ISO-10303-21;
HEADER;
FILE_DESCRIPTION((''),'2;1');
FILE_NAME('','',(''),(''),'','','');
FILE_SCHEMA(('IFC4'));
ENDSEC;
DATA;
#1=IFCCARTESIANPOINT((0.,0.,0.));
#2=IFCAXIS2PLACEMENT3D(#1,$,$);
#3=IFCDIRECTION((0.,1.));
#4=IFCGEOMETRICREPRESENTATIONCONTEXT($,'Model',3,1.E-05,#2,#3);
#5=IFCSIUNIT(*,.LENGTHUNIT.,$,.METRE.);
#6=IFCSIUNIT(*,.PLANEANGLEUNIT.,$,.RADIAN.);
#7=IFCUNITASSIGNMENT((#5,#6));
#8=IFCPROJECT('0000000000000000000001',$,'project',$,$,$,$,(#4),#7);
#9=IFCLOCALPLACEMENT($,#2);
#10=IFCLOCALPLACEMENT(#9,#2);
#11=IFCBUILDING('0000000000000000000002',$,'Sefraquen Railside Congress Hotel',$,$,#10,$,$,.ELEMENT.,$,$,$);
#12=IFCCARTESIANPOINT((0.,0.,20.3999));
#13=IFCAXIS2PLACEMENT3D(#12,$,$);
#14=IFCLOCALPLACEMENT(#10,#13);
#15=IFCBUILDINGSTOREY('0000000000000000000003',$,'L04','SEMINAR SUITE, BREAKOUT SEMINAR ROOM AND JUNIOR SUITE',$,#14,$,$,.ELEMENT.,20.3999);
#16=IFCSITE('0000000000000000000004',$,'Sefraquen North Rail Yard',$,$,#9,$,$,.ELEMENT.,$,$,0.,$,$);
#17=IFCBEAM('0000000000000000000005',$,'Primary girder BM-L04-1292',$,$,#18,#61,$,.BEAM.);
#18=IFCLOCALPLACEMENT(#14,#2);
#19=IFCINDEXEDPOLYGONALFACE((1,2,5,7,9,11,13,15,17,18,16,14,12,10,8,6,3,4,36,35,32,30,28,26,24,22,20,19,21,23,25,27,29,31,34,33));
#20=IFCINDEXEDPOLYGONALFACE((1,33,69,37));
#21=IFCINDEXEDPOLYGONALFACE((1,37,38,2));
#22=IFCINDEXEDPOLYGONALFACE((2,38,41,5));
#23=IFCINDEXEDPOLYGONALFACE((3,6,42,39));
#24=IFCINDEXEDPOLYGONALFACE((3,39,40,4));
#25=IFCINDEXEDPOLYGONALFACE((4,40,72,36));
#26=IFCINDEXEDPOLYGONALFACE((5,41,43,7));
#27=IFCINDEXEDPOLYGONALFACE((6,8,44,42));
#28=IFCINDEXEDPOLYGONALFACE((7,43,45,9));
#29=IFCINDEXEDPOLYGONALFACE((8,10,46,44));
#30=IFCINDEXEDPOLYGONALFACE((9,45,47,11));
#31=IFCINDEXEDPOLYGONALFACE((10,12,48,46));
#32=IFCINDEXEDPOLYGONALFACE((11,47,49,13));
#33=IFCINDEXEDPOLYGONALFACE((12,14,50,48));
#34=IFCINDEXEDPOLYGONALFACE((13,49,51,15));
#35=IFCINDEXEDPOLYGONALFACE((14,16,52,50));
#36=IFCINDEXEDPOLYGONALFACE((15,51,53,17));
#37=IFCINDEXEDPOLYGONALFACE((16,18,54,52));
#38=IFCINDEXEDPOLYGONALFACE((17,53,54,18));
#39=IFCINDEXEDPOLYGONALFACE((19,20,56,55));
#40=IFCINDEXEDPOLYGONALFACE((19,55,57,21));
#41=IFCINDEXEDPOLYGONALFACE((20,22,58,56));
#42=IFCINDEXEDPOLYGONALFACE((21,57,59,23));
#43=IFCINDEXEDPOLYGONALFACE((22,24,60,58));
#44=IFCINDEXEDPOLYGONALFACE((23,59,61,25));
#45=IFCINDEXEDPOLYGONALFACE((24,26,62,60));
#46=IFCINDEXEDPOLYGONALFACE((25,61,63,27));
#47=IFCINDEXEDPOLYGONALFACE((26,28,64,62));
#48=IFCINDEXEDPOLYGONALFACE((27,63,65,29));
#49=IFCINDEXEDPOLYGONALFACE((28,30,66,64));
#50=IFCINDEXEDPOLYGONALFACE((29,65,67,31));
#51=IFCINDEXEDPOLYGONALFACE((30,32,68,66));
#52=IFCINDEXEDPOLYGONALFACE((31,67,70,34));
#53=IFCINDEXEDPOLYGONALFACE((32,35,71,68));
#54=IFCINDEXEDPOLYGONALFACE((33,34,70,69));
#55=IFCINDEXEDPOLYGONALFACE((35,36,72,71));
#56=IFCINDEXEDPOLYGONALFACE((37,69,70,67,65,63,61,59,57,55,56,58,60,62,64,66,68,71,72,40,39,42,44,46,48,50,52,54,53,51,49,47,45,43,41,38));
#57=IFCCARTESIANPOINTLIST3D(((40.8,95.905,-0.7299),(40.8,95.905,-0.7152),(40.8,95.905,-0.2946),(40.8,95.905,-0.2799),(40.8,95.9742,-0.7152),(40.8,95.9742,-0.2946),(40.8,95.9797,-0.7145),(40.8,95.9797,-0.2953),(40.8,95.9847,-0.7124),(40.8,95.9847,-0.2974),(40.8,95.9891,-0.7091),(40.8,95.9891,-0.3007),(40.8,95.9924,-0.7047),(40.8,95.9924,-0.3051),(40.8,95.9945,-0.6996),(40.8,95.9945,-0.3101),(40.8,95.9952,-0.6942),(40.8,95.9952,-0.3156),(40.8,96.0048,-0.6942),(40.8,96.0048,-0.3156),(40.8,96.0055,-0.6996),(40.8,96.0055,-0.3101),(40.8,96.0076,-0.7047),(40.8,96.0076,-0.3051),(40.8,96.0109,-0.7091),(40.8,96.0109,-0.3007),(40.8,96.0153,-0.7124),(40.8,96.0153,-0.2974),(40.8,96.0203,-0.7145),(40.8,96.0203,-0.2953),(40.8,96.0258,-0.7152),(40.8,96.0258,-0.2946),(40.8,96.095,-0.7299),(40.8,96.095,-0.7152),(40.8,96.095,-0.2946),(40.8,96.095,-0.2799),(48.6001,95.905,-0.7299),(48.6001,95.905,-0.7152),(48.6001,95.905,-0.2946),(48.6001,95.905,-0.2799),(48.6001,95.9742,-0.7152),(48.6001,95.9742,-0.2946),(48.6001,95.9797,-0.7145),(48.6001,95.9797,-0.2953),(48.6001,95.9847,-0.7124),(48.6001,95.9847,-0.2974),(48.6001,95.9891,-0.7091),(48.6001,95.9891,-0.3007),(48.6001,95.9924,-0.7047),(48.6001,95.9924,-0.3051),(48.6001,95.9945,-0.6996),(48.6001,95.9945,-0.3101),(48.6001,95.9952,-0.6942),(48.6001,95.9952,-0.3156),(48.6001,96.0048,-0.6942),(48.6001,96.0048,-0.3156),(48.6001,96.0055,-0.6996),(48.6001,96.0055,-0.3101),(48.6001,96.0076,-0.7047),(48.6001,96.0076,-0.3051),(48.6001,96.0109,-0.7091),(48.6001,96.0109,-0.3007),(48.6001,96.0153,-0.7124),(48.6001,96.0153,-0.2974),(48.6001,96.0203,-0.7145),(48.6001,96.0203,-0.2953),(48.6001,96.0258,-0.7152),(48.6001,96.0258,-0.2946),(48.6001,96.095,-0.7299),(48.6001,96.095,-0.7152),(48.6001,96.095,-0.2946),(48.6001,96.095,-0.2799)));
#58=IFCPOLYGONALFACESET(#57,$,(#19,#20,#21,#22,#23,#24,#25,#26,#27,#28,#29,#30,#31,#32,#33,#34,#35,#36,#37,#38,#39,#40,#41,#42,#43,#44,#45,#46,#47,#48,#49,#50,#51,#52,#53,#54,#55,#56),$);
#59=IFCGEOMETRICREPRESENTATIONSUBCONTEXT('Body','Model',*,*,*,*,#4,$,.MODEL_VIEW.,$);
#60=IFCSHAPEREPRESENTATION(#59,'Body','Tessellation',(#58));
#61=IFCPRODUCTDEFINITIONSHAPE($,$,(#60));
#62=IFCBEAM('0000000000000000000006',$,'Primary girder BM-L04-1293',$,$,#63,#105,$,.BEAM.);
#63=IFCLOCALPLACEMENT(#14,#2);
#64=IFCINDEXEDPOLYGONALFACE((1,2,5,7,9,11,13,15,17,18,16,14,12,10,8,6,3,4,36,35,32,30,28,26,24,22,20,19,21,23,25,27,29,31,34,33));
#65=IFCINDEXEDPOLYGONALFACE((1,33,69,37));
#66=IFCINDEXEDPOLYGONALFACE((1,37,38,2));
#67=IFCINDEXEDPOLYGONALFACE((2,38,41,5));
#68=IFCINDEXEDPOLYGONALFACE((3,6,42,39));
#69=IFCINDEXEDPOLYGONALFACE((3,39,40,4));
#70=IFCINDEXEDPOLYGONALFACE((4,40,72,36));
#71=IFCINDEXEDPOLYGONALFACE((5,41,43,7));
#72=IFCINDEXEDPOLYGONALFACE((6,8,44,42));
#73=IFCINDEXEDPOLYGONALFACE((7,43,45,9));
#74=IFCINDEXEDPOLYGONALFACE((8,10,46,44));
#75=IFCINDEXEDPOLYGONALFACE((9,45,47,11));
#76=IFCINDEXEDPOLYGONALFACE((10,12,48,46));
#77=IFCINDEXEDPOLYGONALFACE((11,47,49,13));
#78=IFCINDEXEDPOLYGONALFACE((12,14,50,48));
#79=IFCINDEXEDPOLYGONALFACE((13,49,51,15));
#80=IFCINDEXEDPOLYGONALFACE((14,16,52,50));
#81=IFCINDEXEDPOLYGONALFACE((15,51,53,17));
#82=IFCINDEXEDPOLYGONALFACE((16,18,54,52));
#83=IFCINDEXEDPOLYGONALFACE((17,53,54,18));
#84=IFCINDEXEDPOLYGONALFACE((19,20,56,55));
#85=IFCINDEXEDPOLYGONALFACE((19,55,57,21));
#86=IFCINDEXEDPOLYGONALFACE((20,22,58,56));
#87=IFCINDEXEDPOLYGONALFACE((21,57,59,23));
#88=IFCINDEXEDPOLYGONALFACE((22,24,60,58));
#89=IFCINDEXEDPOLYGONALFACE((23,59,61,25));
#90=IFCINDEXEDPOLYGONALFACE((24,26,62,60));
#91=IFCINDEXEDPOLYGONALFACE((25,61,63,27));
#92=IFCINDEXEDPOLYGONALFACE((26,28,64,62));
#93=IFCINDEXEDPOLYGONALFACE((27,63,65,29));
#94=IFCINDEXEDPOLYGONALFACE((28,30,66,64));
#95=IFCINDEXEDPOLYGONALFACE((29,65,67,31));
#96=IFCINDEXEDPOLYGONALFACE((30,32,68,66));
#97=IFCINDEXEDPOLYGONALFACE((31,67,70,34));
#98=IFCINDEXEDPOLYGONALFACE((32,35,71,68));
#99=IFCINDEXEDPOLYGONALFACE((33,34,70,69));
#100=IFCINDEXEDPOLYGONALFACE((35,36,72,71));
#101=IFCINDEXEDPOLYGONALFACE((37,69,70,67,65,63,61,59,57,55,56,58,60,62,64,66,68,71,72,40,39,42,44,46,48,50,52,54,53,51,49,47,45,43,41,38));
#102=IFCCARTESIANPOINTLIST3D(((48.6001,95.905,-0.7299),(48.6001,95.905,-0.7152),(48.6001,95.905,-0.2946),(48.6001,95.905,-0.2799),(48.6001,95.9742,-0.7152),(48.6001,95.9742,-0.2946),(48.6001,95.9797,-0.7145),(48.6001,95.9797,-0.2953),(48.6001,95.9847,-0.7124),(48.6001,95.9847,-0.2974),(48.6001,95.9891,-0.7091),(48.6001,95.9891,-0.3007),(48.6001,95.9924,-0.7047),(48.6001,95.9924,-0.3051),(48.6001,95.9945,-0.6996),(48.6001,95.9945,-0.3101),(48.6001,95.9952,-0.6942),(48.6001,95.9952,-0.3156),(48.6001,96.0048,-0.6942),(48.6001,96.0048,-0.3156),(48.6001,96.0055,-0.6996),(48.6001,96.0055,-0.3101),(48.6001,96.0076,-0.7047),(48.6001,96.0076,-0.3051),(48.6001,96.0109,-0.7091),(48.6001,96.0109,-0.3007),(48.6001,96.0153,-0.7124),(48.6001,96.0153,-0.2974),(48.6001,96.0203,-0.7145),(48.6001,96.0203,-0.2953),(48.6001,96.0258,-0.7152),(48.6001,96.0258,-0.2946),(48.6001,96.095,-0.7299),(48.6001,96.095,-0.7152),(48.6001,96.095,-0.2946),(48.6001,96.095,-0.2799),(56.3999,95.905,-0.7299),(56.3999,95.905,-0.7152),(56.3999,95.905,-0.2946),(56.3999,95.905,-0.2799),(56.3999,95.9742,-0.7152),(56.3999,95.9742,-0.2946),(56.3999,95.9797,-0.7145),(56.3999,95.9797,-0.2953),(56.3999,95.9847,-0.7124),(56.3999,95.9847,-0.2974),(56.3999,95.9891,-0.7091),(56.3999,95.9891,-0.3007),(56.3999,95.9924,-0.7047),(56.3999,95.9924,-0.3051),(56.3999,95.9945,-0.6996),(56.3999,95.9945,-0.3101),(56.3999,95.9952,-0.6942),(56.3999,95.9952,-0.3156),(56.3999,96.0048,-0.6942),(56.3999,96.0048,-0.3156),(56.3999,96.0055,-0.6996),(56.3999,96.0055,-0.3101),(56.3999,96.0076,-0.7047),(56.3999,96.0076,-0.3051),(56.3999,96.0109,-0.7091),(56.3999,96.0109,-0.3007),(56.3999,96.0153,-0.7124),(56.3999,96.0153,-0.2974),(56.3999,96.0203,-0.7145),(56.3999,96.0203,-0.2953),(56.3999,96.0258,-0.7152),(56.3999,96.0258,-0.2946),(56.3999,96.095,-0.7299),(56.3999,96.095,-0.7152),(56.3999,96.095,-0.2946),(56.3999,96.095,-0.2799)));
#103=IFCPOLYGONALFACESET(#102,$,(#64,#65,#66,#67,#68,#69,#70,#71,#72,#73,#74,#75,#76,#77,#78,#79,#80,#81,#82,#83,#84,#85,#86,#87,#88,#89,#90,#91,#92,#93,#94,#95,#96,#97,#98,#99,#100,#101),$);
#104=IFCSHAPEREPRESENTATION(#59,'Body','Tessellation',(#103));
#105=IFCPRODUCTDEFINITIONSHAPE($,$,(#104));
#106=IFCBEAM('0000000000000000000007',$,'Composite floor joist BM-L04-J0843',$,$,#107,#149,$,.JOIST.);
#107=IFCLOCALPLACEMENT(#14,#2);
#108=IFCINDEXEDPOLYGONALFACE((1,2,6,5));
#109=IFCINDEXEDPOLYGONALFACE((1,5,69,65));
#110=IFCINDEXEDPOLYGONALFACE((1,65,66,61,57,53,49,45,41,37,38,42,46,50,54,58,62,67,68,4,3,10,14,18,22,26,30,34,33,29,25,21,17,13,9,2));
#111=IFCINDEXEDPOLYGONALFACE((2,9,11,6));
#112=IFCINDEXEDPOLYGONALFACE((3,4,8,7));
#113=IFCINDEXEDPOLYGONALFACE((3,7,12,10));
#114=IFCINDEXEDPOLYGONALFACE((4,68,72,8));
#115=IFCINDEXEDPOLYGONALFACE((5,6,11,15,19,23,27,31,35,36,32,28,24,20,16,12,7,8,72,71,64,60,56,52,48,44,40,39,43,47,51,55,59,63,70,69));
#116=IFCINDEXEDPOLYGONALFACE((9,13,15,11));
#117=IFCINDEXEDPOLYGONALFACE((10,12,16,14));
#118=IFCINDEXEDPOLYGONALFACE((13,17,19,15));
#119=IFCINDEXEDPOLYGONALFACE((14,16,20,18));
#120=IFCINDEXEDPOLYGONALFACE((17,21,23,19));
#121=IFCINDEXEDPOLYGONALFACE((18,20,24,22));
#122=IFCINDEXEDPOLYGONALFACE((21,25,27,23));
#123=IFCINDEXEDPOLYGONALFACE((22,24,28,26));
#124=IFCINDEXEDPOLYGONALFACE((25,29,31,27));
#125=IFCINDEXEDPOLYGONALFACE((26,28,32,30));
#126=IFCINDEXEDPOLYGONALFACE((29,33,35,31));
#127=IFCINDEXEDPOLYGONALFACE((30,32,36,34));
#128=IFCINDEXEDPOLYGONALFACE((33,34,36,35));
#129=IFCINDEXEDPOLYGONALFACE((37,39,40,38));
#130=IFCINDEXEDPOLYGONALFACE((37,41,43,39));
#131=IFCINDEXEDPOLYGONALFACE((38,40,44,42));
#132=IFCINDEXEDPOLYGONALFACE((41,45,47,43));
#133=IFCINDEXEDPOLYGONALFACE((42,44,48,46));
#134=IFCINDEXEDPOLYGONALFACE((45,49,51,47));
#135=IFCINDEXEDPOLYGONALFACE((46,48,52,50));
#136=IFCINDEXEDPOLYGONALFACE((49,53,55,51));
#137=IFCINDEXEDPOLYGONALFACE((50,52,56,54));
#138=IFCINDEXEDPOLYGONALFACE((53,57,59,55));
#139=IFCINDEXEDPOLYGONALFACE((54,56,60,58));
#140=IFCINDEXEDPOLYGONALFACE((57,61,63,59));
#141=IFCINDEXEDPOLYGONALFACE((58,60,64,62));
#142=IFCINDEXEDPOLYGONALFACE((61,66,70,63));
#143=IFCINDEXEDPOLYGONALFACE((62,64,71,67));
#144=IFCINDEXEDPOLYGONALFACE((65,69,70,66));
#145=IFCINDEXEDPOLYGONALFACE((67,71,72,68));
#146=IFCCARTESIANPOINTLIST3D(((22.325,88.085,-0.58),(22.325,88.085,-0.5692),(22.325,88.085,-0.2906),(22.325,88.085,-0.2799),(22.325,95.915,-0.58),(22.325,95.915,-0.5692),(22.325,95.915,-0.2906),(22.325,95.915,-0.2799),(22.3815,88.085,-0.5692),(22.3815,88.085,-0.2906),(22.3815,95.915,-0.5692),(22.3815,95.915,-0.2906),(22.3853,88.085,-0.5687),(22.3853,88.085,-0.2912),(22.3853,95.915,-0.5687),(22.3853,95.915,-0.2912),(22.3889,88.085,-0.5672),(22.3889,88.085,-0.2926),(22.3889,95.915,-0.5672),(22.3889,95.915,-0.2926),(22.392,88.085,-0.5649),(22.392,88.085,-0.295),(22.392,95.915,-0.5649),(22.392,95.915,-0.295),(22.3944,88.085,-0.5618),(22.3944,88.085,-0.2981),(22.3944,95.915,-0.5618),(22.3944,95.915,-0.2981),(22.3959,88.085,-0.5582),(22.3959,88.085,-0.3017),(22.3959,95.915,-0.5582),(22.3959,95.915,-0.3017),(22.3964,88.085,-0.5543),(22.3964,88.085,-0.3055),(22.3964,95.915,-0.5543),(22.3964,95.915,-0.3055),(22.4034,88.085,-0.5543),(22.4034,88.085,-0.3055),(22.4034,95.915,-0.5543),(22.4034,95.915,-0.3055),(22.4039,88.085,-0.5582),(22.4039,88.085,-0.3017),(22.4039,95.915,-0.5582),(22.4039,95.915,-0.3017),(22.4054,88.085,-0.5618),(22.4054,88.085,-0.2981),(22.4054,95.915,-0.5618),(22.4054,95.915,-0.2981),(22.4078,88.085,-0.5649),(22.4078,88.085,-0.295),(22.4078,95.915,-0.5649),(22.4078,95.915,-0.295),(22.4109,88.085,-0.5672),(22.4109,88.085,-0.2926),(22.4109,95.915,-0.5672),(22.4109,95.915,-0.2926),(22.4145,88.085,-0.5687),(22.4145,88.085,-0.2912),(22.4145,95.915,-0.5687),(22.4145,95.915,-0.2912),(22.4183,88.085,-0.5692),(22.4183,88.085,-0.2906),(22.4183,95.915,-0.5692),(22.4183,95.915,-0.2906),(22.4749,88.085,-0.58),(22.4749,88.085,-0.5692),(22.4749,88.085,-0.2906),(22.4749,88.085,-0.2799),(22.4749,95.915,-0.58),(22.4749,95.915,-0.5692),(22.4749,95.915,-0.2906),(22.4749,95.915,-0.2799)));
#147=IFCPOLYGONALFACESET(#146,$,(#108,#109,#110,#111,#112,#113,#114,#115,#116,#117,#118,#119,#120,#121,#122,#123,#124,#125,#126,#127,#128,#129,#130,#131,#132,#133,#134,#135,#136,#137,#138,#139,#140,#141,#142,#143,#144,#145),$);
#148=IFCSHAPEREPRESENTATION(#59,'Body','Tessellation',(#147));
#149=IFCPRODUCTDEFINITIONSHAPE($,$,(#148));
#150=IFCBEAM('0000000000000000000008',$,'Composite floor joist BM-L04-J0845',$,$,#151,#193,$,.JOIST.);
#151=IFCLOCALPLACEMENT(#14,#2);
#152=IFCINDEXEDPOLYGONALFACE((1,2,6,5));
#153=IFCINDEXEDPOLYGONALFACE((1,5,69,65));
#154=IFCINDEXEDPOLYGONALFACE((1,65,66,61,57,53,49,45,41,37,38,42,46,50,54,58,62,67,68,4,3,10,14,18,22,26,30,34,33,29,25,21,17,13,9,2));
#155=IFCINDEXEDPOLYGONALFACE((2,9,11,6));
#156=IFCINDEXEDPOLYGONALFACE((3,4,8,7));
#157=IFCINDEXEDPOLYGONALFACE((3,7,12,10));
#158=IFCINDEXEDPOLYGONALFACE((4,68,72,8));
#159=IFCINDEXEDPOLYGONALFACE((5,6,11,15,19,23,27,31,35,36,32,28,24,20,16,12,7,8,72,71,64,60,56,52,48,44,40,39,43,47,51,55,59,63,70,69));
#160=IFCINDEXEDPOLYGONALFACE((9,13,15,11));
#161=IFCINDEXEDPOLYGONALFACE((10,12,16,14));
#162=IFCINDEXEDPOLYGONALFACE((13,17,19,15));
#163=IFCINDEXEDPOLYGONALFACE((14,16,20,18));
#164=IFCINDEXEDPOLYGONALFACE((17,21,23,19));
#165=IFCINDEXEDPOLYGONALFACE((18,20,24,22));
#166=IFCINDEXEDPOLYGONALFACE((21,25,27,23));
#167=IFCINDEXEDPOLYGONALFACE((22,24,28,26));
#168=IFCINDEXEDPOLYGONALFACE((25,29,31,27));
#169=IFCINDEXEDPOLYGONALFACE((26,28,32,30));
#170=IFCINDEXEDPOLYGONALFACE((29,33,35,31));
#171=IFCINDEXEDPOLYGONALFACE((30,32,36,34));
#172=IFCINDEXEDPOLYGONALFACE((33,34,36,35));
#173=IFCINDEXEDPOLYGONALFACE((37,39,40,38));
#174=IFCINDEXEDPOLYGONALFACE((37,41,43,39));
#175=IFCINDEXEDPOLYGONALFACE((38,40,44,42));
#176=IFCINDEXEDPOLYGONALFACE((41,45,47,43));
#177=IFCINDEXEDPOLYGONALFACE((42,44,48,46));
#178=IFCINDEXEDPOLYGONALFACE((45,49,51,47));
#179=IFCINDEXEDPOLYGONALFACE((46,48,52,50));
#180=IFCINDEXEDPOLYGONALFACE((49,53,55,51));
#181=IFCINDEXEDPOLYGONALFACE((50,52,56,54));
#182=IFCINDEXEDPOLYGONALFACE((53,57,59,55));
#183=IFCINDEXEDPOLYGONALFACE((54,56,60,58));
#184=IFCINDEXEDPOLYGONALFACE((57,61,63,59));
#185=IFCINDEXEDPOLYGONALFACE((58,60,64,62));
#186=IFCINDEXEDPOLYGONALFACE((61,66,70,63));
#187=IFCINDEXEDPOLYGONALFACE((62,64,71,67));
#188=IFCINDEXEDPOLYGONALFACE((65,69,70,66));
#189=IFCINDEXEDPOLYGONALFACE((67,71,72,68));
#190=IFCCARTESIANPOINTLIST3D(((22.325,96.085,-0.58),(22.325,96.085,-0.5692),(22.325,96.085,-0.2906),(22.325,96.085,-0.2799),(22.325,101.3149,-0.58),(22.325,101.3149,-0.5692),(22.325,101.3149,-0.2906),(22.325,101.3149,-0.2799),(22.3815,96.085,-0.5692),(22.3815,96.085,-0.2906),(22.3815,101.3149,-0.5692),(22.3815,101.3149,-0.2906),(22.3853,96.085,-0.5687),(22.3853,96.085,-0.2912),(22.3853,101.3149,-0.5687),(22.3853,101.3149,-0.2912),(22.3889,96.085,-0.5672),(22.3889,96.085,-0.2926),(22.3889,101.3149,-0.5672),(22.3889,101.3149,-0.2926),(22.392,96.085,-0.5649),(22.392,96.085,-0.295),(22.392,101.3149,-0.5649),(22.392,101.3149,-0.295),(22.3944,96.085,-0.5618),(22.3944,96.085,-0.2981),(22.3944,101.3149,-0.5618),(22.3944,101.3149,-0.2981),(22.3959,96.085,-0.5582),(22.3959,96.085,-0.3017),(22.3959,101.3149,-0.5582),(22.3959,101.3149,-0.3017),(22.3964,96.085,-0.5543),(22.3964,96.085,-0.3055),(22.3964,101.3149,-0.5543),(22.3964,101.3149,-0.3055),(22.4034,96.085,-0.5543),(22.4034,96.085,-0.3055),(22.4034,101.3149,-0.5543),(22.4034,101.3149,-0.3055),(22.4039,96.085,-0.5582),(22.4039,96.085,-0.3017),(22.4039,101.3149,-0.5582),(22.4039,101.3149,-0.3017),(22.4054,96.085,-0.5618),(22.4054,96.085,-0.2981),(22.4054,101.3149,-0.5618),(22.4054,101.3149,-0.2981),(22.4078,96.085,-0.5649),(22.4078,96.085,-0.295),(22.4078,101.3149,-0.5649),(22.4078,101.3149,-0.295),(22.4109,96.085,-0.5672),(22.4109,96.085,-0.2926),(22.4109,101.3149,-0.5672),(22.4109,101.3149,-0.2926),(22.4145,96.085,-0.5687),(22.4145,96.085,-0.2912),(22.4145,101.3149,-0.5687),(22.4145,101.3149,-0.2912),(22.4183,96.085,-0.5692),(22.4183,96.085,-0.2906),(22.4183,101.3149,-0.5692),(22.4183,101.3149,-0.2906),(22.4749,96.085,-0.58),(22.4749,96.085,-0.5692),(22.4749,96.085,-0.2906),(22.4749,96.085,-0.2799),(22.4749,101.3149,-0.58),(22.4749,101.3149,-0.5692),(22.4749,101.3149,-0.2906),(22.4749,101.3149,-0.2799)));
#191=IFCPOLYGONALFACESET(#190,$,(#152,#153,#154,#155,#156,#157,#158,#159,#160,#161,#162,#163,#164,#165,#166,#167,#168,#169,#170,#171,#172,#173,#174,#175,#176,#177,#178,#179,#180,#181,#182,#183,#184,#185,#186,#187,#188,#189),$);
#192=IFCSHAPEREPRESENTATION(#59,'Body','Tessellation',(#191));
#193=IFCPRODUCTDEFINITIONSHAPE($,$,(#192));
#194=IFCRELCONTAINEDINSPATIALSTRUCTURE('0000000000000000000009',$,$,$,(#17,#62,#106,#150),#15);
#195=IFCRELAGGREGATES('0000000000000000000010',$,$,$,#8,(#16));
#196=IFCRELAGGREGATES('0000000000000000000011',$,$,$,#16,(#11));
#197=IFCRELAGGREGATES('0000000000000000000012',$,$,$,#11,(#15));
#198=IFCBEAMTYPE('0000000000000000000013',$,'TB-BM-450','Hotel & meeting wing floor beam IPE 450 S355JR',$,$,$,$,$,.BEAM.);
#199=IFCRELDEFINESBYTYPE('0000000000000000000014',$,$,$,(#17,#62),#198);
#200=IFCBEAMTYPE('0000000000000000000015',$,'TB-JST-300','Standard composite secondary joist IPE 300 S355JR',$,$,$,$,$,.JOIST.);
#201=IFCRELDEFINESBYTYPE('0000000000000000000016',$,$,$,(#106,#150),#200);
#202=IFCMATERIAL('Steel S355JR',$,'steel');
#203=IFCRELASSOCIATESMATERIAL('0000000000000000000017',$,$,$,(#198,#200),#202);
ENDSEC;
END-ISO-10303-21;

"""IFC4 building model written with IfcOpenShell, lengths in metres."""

from ifc_helpers import new_model, si_unit, direction, frame, origin, origin_2d, place, context, subcontext, project, spatial, i_section, extrude, material, material_profile, profile_set, type_object, element, save


model = new_model("IFC4")

# Units and contexts
model_context = context("Model", 3, precision=1e-05, world=origin(), true_north=direction((0.0, 1.0)))
body_context = subcontext(model_context, "Body", "Model", "MODEL_VIEW")
ifc_project = project(units=[si_unit("LENGTHUNIT", "METRE"), si_unit("PLANEANGLEUNIT", "RADIAN")], contexts=[model_context])

# Site, building, storey
site_placement = place(None, origin())
site = spatial("IfcSite", under=ifc_project, at=site_placement, Name="Sefraquen North Rail Yard", CompositionType="ELEMENT", RefElevation=0.0)
building_placement = place(site_placement, origin())
building = spatial("IfcBuilding", under=site, at=building_placement, Name="Sefraquen Railside Congress Hotel", CompositionType="ELEMENT")
storey_placement = place(building_placement, frame((0.0, 0.0, 20.3999)))
storey = spatial("IfcBuildingStorey", under=building, at=storey_placement, Name="L04", Description="SEMINAR SUITE, BREAKOUT SEMINAR ROOM AND JUNIOR SUITE", CompositionType="ELEMENT", Elevation=20.3999)

# Shared definitions
ifc_material_1 = material(Name="Steel S355JR", Category="steel")

# Beams
ifc_material_profile_1 = material_profile(ifc_material_1, i_section(OverallWidth=0.1899, OverallDepth=0.45, WebThickness=0.0095, FlangeThickness=0.0146, FilletRadius=0.021, at=origin_2d()), Name="IPE 450")
ifc_profile_set_1 = profile_set([ifc_material_profile_1], Name="Steel S355JR")
beam_type_1 = type_object("IfcBeamType", Name="TB-BM-450", Description="Hotel & meeting wing floor beam IPE 450 S355JR", PredefinedType="BEAM", material=ifc_profile_set_1)
for number, where, z_axis, x_axis, name in (
    (1, (40.8, 96.0, -0.5049), (1.0, 0.0, 0.0), (0.0, 1.0, 0.0), "Primary girder BM-L04-1292"),
):
    element("IfcBeam", number, at=place(storey_placement, frame(where, z_axis=z_axis, x_axis=x_axis)), inside=storey, type_object=beam_type_1, Name=name, PredefinedType="BEAM", context=body_context, shape_type="SweptSolid", body=[
        extrude(i_section(OverallWidth=0.1899, OverallDepth=0.45, WebThickness=0.0095, FlangeThickness=0.0146, FilletRadius=0.021, at=origin_2d()), origin(), (0.0, 0.0, 1.0), 7.8),
    ])
beam_1_placement = place(storey_placement, frame((48.6001, 96.0, -0.5049), z_axis=(1.0, 0.0, 0.0), x_axis=(0.0, 1.0, 0.0)))
element("IfcBeam", 2, at=beam_1_placement, inside=storey, type_object=beam_type_1, Name="Primary girder BM-L04-1293", PredefinedType="BEAM", context=body_context, shape_type="SweptSolid", body=[
    extrude(i_section(OverallWidth=0.1899, OverallDepth=0.45, WebThickness=0.0095, FlangeThickness=0.0146, FilletRadius=0.021, at=origin_2d()), origin(), (0.0, 0.0, 1.0), 7.7998),
])
ifc_material_profile_2 = material_profile(ifc_material_1, i_section(OverallWidth=0.1499, OverallDepth=0.3, WebThickness=0.0071, FlangeThickness=0.0107, FilletRadius=0.0149, at=origin_2d()), Name="IPE 300")
ifc_profile_set_2 = profile_set([ifc_material_profile_2], Name="Steel S355JR")
beam_type_2 = type_object("IfcBeamType", Name="TB-JST-300", Description="Standard composite secondary joist IPE 300 S355JR", PredefinedType="JOIST", material=ifc_profile_set_2)
beam_2_placement = place(storey_placement, frame((22.3999, 88.085, -0.4299), z_axis=(0.0, 1.0, 0.0), x_axis=(-1.0, 0.0, 0.0)))
element("IfcBeam", 3, at=beam_2_placement, inside=storey, type_object=beam_type_2, Name="Composite floor joist BM-L04-J0843", PredefinedType="JOIST", context=body_context, shape_type="SweptSolid", body=[
    extrude(i_section(OverallWidth=0.1499, OverallDepth=0.3, WebThickness=0.0071, FlangeThickness=0.0107, FilletRadius=0.0149, at=origin_2d()), origin(), (0.0, 0.0, 1.0), 7.8301),
])
beam_3_placement = place(storey_placement, frame((22.3999, 96.085, -0.4299), z_axis=(0.0, 1.0, 0.0), x_axis=(-1.0, 0.0, 0.0)))
element("IfcBeam", 4, at=beam_3_placement, inside=storey, type_object=beam_type_2, Name="Composite floor joist BM-L04-J0845", PredefinedType="JOIST", context=body_context, shape_type="SweptSolid", body=[
    extrude(i_section(OverallWidth=0.1499, OverallDepth=0.3, WebThickness=0.0071, FlangeThickness=0.0107, FilletRadius=0.0149, at=origin_2d()), origin(), (0.0, 0.0, 1.0), 5.23),
])

save(model, "model.ifc")
